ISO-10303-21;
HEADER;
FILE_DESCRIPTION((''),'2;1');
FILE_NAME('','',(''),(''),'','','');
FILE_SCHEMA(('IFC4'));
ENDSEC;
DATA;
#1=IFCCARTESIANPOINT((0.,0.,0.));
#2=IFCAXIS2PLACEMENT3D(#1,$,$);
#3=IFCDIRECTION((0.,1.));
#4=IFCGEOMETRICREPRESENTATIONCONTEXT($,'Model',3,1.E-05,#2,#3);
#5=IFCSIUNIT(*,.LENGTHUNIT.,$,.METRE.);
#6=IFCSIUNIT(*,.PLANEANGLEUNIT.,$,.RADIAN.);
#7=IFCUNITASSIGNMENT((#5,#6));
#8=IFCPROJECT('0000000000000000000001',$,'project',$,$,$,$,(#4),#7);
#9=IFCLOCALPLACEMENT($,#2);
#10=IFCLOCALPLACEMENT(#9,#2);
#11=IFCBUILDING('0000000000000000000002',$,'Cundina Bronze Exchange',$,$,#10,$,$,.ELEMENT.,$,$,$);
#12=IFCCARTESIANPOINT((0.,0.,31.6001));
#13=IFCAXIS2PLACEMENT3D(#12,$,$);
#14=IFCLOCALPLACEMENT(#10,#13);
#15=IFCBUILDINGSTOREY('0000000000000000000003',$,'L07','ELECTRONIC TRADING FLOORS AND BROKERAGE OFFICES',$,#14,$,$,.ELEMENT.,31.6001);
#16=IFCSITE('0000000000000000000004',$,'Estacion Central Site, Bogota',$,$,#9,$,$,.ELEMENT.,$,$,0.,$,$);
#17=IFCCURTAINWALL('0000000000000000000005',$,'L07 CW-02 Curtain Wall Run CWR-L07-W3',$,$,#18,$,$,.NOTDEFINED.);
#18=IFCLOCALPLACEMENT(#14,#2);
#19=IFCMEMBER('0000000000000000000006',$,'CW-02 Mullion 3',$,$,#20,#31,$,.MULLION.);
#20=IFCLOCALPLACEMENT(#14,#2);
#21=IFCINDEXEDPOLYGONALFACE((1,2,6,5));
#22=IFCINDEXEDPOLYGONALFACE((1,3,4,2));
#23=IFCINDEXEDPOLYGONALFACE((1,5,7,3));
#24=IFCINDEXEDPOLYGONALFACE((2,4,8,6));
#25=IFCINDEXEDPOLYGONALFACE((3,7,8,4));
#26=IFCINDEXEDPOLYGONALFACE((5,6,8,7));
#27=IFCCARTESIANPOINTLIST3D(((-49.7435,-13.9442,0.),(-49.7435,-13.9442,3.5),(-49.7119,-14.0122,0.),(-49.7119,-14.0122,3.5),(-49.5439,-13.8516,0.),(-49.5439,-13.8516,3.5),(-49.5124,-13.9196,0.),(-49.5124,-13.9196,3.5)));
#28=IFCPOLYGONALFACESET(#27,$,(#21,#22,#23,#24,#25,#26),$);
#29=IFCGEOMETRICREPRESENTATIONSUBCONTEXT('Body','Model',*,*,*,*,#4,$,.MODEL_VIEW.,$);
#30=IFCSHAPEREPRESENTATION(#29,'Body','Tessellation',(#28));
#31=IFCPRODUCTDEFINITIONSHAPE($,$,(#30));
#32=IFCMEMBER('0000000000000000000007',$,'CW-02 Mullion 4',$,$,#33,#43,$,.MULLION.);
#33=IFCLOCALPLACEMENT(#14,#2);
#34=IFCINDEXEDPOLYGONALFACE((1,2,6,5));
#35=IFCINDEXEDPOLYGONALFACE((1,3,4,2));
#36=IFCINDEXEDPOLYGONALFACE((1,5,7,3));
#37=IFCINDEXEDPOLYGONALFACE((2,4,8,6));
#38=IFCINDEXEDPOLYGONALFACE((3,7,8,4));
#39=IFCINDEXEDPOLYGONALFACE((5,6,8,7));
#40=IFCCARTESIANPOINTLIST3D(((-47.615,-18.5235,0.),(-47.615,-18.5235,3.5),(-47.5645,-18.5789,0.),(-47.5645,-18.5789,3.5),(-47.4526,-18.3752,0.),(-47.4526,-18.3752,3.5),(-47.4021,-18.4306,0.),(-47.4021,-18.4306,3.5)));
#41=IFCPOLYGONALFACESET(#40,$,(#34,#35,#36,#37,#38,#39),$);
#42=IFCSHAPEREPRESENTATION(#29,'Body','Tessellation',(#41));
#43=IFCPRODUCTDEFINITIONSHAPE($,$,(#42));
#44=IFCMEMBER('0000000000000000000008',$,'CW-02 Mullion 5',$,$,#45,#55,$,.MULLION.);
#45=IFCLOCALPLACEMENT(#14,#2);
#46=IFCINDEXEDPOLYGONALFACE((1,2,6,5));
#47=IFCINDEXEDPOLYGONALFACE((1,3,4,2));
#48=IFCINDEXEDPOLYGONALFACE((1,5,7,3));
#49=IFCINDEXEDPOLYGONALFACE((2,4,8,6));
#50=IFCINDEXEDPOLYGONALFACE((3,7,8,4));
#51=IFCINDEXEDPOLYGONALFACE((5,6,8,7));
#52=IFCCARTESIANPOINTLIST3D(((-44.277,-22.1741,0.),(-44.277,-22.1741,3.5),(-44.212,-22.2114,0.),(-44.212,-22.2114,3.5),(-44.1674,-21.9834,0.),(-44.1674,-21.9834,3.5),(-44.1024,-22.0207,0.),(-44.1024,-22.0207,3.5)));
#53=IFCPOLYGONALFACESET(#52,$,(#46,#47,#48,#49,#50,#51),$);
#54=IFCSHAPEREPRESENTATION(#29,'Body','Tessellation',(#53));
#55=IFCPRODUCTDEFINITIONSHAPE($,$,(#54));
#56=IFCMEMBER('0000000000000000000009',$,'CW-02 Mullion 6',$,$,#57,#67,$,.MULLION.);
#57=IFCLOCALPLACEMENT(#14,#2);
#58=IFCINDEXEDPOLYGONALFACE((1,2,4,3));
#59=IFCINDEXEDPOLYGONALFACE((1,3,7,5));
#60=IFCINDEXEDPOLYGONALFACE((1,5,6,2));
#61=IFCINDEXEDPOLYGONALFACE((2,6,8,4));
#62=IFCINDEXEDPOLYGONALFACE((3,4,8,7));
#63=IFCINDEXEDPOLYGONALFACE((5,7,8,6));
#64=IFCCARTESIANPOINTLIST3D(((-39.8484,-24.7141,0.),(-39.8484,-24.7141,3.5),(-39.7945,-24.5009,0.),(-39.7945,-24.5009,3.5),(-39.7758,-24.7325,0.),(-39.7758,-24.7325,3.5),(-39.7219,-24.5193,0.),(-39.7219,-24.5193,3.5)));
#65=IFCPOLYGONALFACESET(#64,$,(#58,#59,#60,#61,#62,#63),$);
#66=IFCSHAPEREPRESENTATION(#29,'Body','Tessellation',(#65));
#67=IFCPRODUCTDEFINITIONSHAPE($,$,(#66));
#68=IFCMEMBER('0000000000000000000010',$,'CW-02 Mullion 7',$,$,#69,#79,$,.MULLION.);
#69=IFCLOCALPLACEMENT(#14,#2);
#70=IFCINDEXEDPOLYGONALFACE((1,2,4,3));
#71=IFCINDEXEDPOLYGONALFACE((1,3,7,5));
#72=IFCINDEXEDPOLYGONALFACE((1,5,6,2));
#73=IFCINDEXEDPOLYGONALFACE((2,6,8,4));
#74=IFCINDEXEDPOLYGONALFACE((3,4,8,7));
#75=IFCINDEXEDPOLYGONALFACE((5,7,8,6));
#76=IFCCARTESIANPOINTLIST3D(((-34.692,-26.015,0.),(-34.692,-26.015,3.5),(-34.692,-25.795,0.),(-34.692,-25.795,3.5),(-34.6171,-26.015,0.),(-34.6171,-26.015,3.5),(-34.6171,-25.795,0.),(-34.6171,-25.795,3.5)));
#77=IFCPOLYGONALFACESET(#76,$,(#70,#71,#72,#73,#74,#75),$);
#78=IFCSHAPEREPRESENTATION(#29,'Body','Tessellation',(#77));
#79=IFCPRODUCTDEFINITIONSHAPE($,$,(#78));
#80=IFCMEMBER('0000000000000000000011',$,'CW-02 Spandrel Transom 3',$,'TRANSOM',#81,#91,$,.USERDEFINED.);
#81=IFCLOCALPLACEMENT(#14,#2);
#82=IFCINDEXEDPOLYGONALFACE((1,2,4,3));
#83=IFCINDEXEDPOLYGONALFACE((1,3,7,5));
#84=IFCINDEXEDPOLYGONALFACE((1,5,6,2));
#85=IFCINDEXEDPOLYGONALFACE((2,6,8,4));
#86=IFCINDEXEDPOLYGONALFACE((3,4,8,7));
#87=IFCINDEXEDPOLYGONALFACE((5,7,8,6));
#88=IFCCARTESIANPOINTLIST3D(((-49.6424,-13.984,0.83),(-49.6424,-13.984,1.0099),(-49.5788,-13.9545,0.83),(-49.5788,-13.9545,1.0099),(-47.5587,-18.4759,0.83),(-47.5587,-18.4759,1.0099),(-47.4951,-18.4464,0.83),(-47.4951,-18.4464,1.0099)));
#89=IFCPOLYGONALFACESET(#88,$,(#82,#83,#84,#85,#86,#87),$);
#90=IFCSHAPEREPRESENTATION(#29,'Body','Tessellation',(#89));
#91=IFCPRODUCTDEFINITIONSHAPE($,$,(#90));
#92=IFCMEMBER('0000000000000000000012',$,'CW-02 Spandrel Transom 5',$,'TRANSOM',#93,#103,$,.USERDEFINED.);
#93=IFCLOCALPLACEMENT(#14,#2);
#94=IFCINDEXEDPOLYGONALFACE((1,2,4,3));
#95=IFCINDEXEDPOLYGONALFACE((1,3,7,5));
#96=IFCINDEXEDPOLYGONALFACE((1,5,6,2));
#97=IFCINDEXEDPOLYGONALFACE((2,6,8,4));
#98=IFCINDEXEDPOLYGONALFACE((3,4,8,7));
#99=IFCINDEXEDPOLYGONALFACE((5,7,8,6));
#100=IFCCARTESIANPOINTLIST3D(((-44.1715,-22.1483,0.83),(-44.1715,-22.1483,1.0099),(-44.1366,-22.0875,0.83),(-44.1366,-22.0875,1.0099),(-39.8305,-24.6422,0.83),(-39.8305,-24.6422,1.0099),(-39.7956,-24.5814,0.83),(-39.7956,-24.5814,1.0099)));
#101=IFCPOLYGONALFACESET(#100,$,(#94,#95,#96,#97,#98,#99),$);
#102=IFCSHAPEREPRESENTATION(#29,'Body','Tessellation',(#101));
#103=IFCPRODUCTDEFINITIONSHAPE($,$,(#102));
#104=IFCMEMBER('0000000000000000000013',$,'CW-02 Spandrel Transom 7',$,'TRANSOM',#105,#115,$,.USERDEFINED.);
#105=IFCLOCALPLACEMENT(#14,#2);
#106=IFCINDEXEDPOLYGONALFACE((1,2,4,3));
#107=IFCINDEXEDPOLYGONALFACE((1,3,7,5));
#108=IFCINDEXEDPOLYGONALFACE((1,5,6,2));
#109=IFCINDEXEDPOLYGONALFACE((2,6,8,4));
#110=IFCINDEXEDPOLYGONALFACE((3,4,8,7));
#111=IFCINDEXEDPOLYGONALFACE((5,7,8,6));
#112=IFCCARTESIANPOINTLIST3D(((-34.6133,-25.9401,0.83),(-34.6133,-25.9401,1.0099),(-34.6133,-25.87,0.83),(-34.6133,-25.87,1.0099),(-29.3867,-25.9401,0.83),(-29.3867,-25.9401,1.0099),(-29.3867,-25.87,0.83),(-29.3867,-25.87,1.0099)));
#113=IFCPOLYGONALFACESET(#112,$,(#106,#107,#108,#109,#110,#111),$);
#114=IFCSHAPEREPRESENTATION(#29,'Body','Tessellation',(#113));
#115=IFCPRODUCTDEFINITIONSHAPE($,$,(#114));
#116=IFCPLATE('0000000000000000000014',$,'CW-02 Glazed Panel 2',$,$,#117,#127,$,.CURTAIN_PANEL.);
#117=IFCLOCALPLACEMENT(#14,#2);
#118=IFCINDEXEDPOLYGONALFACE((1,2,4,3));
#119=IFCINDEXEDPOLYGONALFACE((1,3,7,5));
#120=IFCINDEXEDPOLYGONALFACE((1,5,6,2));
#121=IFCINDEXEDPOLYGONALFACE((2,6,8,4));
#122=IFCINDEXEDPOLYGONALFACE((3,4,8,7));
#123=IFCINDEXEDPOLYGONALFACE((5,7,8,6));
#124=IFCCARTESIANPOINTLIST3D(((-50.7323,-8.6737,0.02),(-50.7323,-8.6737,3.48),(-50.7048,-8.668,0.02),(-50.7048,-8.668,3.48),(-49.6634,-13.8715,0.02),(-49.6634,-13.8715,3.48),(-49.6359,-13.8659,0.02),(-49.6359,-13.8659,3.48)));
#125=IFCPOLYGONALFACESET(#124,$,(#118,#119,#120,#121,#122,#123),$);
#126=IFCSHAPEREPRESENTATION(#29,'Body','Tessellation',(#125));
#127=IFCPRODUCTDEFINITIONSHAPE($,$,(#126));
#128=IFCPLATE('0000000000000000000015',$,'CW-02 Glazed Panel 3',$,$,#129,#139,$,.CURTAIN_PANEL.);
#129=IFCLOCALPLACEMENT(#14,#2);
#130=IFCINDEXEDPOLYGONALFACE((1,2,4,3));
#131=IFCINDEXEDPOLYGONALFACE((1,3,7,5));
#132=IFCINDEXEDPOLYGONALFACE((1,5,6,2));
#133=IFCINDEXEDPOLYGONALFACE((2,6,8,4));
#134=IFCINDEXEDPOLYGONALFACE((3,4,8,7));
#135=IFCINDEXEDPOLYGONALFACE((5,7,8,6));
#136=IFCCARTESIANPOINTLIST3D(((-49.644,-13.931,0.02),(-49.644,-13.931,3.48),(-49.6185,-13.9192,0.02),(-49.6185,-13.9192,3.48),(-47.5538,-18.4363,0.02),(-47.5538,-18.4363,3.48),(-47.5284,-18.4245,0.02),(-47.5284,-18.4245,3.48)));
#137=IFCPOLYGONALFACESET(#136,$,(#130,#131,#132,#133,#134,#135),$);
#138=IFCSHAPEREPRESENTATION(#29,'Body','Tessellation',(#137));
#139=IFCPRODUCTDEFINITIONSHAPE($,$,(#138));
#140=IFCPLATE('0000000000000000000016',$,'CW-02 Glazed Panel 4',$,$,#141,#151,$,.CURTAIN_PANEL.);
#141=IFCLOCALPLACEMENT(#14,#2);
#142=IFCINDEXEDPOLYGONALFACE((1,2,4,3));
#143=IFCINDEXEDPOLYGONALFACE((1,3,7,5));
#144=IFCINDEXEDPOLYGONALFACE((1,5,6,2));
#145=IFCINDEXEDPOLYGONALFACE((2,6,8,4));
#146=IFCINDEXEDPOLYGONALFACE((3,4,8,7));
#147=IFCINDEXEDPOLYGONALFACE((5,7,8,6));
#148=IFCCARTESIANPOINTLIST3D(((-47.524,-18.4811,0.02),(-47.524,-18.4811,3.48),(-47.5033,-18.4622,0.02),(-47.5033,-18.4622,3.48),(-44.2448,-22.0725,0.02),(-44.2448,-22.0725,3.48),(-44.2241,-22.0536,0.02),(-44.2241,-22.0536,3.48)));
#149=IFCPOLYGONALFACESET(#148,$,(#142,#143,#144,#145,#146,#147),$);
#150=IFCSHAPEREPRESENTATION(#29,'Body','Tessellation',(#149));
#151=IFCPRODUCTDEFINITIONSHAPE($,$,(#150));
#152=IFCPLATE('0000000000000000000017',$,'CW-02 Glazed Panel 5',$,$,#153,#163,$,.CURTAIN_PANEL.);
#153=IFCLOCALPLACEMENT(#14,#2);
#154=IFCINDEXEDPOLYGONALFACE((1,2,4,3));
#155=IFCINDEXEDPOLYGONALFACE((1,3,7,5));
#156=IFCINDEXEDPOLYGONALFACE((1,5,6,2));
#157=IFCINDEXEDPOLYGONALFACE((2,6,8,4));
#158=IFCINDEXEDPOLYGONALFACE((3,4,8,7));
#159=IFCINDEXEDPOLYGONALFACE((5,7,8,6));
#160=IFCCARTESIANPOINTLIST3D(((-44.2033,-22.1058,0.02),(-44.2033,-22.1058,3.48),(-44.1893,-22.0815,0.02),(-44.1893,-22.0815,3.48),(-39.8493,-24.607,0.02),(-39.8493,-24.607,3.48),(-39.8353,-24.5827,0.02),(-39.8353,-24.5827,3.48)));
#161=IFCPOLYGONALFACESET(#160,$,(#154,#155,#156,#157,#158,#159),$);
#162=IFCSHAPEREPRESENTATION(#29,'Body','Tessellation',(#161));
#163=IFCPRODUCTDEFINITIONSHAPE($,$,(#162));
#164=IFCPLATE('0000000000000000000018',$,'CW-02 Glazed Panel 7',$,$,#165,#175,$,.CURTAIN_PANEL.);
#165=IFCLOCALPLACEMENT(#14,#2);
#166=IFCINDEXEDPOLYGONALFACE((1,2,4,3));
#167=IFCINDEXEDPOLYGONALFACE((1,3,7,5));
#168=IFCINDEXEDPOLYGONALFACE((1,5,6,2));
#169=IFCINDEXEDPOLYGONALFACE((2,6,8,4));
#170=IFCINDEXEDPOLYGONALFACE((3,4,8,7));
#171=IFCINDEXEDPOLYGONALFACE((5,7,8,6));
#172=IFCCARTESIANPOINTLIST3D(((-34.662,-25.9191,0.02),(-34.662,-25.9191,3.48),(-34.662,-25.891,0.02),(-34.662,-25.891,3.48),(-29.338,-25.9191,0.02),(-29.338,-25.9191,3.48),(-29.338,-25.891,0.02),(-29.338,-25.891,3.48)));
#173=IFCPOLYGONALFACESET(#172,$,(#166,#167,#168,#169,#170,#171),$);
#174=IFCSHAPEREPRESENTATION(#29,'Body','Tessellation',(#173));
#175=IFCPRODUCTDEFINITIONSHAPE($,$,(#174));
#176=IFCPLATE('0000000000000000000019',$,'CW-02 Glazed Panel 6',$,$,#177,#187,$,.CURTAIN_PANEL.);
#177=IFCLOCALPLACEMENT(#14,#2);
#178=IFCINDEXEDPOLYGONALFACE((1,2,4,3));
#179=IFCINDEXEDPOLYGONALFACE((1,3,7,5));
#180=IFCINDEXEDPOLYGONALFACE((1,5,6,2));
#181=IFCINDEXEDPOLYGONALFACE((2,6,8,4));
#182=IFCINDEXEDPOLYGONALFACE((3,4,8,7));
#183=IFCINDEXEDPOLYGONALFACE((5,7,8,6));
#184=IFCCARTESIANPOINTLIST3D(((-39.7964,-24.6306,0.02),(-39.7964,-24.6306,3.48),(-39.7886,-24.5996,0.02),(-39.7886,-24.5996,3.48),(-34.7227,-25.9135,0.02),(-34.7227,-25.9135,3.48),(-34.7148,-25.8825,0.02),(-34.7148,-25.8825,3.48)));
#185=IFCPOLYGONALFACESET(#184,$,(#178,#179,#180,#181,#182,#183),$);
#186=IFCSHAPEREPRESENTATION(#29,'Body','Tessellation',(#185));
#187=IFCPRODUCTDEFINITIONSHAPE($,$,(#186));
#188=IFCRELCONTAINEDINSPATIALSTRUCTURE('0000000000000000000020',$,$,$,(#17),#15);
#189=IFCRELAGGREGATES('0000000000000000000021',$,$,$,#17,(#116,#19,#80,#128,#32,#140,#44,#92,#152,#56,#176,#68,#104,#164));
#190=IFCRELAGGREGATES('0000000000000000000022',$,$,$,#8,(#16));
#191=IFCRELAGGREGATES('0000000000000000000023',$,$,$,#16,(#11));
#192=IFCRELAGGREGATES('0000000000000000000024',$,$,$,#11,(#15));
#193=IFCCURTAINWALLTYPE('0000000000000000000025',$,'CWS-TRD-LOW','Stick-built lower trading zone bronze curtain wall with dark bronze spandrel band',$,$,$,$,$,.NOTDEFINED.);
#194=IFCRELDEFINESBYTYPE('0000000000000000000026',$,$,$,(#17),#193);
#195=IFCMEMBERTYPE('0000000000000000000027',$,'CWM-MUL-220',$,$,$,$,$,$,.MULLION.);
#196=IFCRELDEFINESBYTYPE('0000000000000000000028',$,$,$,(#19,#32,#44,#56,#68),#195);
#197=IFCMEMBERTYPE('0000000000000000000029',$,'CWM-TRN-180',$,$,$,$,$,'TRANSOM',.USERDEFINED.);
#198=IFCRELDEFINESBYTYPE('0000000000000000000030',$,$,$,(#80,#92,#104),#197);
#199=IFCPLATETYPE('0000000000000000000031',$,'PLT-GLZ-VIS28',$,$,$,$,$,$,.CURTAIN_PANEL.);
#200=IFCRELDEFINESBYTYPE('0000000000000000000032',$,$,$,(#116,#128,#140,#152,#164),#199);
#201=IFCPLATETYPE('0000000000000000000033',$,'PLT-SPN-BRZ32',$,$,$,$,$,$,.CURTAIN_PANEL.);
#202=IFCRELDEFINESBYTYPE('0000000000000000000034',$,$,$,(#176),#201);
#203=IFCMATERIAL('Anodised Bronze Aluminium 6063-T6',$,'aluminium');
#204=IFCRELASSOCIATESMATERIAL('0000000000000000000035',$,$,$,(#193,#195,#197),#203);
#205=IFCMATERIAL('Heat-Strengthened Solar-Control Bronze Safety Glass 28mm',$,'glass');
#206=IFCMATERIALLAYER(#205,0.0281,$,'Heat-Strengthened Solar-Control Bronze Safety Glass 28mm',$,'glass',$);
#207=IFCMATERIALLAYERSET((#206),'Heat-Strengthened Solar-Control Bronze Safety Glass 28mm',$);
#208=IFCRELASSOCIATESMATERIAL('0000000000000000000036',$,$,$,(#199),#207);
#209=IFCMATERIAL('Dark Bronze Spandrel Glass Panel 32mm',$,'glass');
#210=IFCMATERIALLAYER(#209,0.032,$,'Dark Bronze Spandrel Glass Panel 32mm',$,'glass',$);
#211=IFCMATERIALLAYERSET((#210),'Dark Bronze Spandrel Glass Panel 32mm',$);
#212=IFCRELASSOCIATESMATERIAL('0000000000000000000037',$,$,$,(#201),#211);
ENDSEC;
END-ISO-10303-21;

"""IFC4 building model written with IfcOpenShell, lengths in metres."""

from ifc_helpers import new_model, si_unit, direction, frame, origin, origin_2d, place, context, subcontext, project, spatial, rectangle, extrude, material, layer, layer_set, material_profile, profile_set, type_object, element, aggregate, save


model = new_model("IFC4")

# Units and contexts
model_context = context("Model", 3, precision=1e-05, world=origin(), true_north=direction((0.0, 1.0)))
body_context = subcontext(model_context, "Body", "Model", "MODEL_VIEW")
ifc_project = project(units=[si_unit("LENGTHUNIT", "METRE"), si_unit("PLANEANGLEUNIT", "RADIAN")], contexts=[model_context])

# Site, building, storey
site_placement = place(None, origin())
site = spatial("IfcSite", under=ifc_project, at=site_placement, Name="Estacion Central Site, Bogota", CompositionType="ELEMENT", RefElevation=0.0)
building_placement = place(site_placement, origin())
building = spatial("IfcBuilding", under=site, at=building_placement, Name="Cundina Bronze Exchange", CompositionType="ELEMENT")
storey_placement = place(building_placement, frame((0.0, 0.0, 31.6001)))
storey = spatial("IfcBuildingStorey", under=building, at=storey_placement, Name="L07", Description="ELECTRONIC TRADING FLOORS AND BROKERAGE OFFICES", CompositionType="ELEMENT", Elevation=31.6001)

# Curtain wall, members, plates
ifc_material_1 = material(Name="Anodised Bronze Aluminium 6063-T6", Category="aluminium")
curtain_wall_type = type_object("IfcCurtainWallType", Name="CWS-TRD-LOW", Description="Stick-built lower trading zone bronze curtain wall with dark bronze spandrel band", PredefinedType="NOTDEFINED", material=ifc_material_1)
curtain_wall_placement = place(storey_placement, origin())
curtain_wall = element("IfcCurtainWall", 1, at=curtain_wall_placement, inside=storey, type_object=curtain_wall_type, Name="L07 CW-02 Curtain Wall Run CWR-L07-W3", PredefinedType="NOTDEFINED")
ifc_material_profile_1 = material_profile(ifc_material_1, rectangle(XDim=0.075, YDim=0.22, at=origin_2d()), Name="AL75X220", Category="aluminium")
ifc_profile_set_1 = profile_set([ifc_material_profile_1], Name="Anodised Bronze Aluminium 6063-T6")
member_type_1 = type_object("IfcMemberType", Name="CWM-MUL-220", PredefinedType="MULLION", material=ifc_profile_set_1)
member_1_placement = place(storey_placement, frame((-49.6279, -13.9319, 0.0), z_axis=(0.0, 0.0, 1.0), x_axis=(0.420877, -0.907117, 0.0)))
member_1 = element("IfcMember", 2, at=member_1_placement, type_object=member_type_1, Name="CW-02 Mullion 3", PredefinedType="MULLION", context=body_context, shape_type="SweptSolid", body=[
    extrude(rectangle(XDim=0.075, YDim=0.22, at=origin_2d()), origin(), (0.0, 0.0, 1.0), 3.5),
])
member_2_placement = place(storey_placement, frame((-47.5085, -18.4771, 0.0), z_axis=(0.0, 0.0, 1.0), x_axis=(0.674302, -0.738455, 0.0)))
member_2 = element("IfcMember", 3, at=member_2_placement, type_object=member_type_1, Name="CW-02 Mullion 4", PredefinedType="MULLION", context=body_context, shape_type="SweptSolid", body=[
    extrude(rectangle(XDim=0.075, YDim=0.22, at=origin_2d()), origin(), (0.0, 0.0, 1.0), 3.5),
])
member_3_placement = place(storey_placement, frame((-44.1897, -22.0974, 0.0), z_axis=(0.0, 0.0, 1.0), x_axis=(0.867071, -0.498185, 0.0)))
member_3 = element("IfcMember", 4, at=member_3_placement, type_object=member_type_1, Name="CW-02 Mullion 5", PredefinedType="MULLION", context=body_context, shape_type="SweptSolid", body=[
    extrude(rectangle(XDim=0.075, YDim=0.22, at=origin_2d()), origin(), (0.0, 0.0, 1.0), 3.5),
])
member_4_placement = place(storey_placement, frame((-39.7852, -24.6167, 0.0), z_axis=(0.0, 0.0, 1.0), x_axis=(0.969488, -0.245138, 0.0)))
member_4 = element("IfcMember", 5, at=member_4_placement, type_object=member_type_1, Name="CW-02 Mullion 6", PredefinedType="MULLION", context=body_context, shape_type="SweptSolid", body=[
    extrude(rectangle(XDim=0.075, YDim=0.22, at=origin_2d()), origin(), (0.0, 0.0, 1.0), 3.5),
])
member_5_placement = place(storey_placement, frame((-34.6545, -25.905, 0.0), z_axis=(0.0, 0.0, 1.0), x_axis=(1.0, 0.0, 0.0)))
member_5 = element("IfcMember", 6, at=member_5_placement, type_object=member_type_1, Name="CW-02 Mullion 7", PredefinedType="MULLION", context=body_context, shape_type="SweptSolid", body=[
    extrude(rectangle(XDim=0.075, YDim=0.22, at=origin_2d()), origin(), (0.0, 0.0, 1.0), 3.5),
])
ifc_material_profile_2 = material_profile(ifc_material_1, rectangle(XDim=0.0701, YDim=0.1799, at=origin_2d()), Name="AL70X180", Category="aluminium")
ifc_profile_set_2 = profile_set([ifc_material_profile_2], Name="Anodised Bronze Aluminium 6063-T6")
member_type_2 = type_object("IfcMemberType", Name="CWM-TRN-180", ElementType="TRANSOM", PredefinedType="USERDEFINED", material=ifc_profile_set_2)
member_6_placement = place(storey_placement, frame((-49.6106, -13.9692, 0.9199), z_axis=(0.420811, -0.907148, 0.0), x_axis=(0.907148, 0.420811, 0.0)))
member_6 = element("IfcMember", 7, at=member_6_placement, type_object=member_type_2, Name="CW-02 Spandrel Transom 3", ObjectType="TRANSOM", PredefinedType="USERDEFINED", context=body_context, shape_type="SweptSolid", body=[
    extrude(rectangle(XDim=0.0701, YDim=0.1799, at=origin_2d()), origin(), (0.0, 0.0, 1.0), 4.9517),
])
member_7_placement = place(storey_placement, frame((-44.1541, -22.1179, 0.9199), z_axis=(0.867097, -0.498139, 0.0), x_axis=(0.498139, 0.867097, 0.0)))
member_7 = element("IfcMember", 8, at=member_7_placement, type_object=member_type_2, Name="CW-02 Spandrel Transom 5", ObjectType="TRANSOM", PredefinedType="USERDEFINED", context=body_context, shape_type="SweptSolid", body=[
    extrude(rectangle(XDim=0.0701, YDim=0.1799, at=origin_2d()), origin(), (0.0, 0.0, 1.0), 5.0063),
])
member_8_placement = place(storey_placement, frame((-34.6133, -25.905, 0.9199), z_axis=(1.0, 0.0, 0.0), x_axis=(0.0, 1.0, 0.0)))
member_8 = element("IfcMember", 9, at=member_8_placement, type_object=member_type_2, Name="CW-02 Spandrel Transom 7", ObjectType="TRANSOM", PredefinedType="USERDEFINED", context=body_context, shape_type="SweptSolid", body=[
    extrude(rectangle(XDim=0.0701, YDim=0.1799, at=origin_2d()), origin(), (0.0, 0.0, 1.0), 5.2266),
])
ifc_material_2 = material(Name="Heat-Strengthened Solar-Control Bronze Safety Glass 28mm", Category="glass")
ifc_layer_1 = layer(ifc_material_2, 0.0281, Name="Heat-Strengthened Solar-Control Bronze Safety Glass 28mm", Category="glass")
ifc_layer_set_1 = layer_set([ifc_layer_1], Name="Heat-Strengthened Solar-Control Bronze Safety Glass 28mm")
plate_type_1 = type_object("IfcPlateType", Name="PLT-GLZ-VIS28", PredefinedType="CURTAIN_PANEL", material=ifc_layer_set_1)
plate_1_placement = place(storey_placement, frame((-50.1841, -11.2698, 0.02), z_axis=(0.0, 0.0, 1.0), x_axis=(0.20142, -0.979505, 0.0)))
plate_1 = element("IfcPlate", 10, at=plate_1_placement, type_object=plate_type_1, Name="CW-02 Glazed Panel 2", PredefinedType="CURTAIN_PANEL", context=body_context, shape_type="SweptSolid", body=[
    extrude(rectangle(XDim=5.3066, YDim=0.0281, at=origin_2d()), origin(), (0.0, 0.0, 1.0), 3.46),
])
plate_2_placement = place(storey_placement, frame((-48.5862, -16.1777, 0.02), z_axis=(0.0, 0.0, 1.0), x_axis=(0.420846, -0.907132, 0.0)))
plate_2 = element("IfcPlate", 11, at=plate_2_placement, type_object=plate_type_1, Name="CW-02 Glazed Panel 3", PredefinedType="CURTAIN_PANEL", context=body_context, shape_type="SweptSolid", body=[
    extrude(rectangle(XDim=4.9666, YDim=0.0281, at=origin_2d()), origin(), (0.0, 0.0, 1.0), 3.46),
])
plate_3_placement = place(storey_placement, frame((-45.874, -20.2673, 0.02), z_axis=(0.0, 0.0, 1.0), x_axis=(0.674277, -0.738479, 0.0)))
plate_3 = element("IfcPlate", 12, at=plate_3_placement, type_object=plate_type_1, Name="CW-02 Glazed Panel 4", PredefinedType="CURTAIN_PANEL", context=body_context, shape_type="SweptSolid", body=[
    extrude(rectangle(XDim=4.8633, YDim=0.0281, at=origin_2d()), origin(), (0.0, 0.0, 1.0), 3.46),
])
plate_4_placement = place(storey_placement, frame((-42.0193, -23.3442, 0.02), z_axis=(0.0, 0.0, 1.0), x_axis=(0.867105, -0.498125, 0.0)))
plate_4 = element("IfcPlate", 13, at=plate_4_placement, type_object=plate_type_1, Name="CW-02 Glazed Panel 5", PredefinedType="CURTAIN_PANEL", context=body_context, shape_type="SweptSolid", body=[
    extrude(rectangle(XDim=5.0212, YDim=0.0281, at=origin_2d()), origin(), (0.0, 0.0, 1.0), 3.46),
])
plate_5_placement = place(storey_placement, frame((-32.0, -25.905, 0.02), z_axis=(0.0, 0.0, 1.0), x_axis=(1.0, 0.0, 0.0)))
plate_5 = element("IfcPlate", 14, at=plate_5_placement, type_object=plate_type_1, Name="CW-02 Glazed Panel 7", PredefinedType="CURTAIN_PANEL", context=body_context, shape_type="SweptSolid", body=[
    extrude(rectangle(XDim=5.324, YDim=0.0281, at=origin_2d()), origin(), (0.0, 0.0, 1.0), 3.46),
])
ifc_material_3 = material(Name="Dark Bronze Spandrel Glass Panel 32mm", Category="glass")
ifc_layer_2 = layer(ifc_material_3, 0.032, Name="Dark Bronze Spandrel Glass Panel 32mm", Category="glass")
ifc_layer_set_2 = layer_set([ifc_layer_2], Name="Dark Bronze Spandrel Glass Panel 32mm")
plate_type_2 = type_object("IfcPlateType", Name="PLT-SPN-BRZ32", PredefinedType="CURTAIN_PANEL", material=ifc_layer_set_2)
plate_6_placement = place(storey_placement, frame((-37.2556, -25.2566, 0.02), z_axis=(0.0, 0.0, 1.0), x_axis=(0.969488, -0.245138, 0.0)))
plate_6 = element("IfcPlate", 15, at=plate_6_placement, type_object=plate_type_2, Name="CW-02 Glazed Panel 6", PredefinedType="CURTAIN_PANEL", context=body_context, shape_type="SweptSolid", body=[
    extrude(rectangle(XDim=5.2334, YDim=0.032, at=origin_2d()), origin(), (0.0, 0.0, 1.0), 3.46),
])
aggregate(curtain_wall, [plate_1, member_1, member_6, plate_2, member_2, plate_3, member_3, member_7, plate_4, member_4, plate_6, member_5, member_8, plate_5])

save(model, "model.ifc")
